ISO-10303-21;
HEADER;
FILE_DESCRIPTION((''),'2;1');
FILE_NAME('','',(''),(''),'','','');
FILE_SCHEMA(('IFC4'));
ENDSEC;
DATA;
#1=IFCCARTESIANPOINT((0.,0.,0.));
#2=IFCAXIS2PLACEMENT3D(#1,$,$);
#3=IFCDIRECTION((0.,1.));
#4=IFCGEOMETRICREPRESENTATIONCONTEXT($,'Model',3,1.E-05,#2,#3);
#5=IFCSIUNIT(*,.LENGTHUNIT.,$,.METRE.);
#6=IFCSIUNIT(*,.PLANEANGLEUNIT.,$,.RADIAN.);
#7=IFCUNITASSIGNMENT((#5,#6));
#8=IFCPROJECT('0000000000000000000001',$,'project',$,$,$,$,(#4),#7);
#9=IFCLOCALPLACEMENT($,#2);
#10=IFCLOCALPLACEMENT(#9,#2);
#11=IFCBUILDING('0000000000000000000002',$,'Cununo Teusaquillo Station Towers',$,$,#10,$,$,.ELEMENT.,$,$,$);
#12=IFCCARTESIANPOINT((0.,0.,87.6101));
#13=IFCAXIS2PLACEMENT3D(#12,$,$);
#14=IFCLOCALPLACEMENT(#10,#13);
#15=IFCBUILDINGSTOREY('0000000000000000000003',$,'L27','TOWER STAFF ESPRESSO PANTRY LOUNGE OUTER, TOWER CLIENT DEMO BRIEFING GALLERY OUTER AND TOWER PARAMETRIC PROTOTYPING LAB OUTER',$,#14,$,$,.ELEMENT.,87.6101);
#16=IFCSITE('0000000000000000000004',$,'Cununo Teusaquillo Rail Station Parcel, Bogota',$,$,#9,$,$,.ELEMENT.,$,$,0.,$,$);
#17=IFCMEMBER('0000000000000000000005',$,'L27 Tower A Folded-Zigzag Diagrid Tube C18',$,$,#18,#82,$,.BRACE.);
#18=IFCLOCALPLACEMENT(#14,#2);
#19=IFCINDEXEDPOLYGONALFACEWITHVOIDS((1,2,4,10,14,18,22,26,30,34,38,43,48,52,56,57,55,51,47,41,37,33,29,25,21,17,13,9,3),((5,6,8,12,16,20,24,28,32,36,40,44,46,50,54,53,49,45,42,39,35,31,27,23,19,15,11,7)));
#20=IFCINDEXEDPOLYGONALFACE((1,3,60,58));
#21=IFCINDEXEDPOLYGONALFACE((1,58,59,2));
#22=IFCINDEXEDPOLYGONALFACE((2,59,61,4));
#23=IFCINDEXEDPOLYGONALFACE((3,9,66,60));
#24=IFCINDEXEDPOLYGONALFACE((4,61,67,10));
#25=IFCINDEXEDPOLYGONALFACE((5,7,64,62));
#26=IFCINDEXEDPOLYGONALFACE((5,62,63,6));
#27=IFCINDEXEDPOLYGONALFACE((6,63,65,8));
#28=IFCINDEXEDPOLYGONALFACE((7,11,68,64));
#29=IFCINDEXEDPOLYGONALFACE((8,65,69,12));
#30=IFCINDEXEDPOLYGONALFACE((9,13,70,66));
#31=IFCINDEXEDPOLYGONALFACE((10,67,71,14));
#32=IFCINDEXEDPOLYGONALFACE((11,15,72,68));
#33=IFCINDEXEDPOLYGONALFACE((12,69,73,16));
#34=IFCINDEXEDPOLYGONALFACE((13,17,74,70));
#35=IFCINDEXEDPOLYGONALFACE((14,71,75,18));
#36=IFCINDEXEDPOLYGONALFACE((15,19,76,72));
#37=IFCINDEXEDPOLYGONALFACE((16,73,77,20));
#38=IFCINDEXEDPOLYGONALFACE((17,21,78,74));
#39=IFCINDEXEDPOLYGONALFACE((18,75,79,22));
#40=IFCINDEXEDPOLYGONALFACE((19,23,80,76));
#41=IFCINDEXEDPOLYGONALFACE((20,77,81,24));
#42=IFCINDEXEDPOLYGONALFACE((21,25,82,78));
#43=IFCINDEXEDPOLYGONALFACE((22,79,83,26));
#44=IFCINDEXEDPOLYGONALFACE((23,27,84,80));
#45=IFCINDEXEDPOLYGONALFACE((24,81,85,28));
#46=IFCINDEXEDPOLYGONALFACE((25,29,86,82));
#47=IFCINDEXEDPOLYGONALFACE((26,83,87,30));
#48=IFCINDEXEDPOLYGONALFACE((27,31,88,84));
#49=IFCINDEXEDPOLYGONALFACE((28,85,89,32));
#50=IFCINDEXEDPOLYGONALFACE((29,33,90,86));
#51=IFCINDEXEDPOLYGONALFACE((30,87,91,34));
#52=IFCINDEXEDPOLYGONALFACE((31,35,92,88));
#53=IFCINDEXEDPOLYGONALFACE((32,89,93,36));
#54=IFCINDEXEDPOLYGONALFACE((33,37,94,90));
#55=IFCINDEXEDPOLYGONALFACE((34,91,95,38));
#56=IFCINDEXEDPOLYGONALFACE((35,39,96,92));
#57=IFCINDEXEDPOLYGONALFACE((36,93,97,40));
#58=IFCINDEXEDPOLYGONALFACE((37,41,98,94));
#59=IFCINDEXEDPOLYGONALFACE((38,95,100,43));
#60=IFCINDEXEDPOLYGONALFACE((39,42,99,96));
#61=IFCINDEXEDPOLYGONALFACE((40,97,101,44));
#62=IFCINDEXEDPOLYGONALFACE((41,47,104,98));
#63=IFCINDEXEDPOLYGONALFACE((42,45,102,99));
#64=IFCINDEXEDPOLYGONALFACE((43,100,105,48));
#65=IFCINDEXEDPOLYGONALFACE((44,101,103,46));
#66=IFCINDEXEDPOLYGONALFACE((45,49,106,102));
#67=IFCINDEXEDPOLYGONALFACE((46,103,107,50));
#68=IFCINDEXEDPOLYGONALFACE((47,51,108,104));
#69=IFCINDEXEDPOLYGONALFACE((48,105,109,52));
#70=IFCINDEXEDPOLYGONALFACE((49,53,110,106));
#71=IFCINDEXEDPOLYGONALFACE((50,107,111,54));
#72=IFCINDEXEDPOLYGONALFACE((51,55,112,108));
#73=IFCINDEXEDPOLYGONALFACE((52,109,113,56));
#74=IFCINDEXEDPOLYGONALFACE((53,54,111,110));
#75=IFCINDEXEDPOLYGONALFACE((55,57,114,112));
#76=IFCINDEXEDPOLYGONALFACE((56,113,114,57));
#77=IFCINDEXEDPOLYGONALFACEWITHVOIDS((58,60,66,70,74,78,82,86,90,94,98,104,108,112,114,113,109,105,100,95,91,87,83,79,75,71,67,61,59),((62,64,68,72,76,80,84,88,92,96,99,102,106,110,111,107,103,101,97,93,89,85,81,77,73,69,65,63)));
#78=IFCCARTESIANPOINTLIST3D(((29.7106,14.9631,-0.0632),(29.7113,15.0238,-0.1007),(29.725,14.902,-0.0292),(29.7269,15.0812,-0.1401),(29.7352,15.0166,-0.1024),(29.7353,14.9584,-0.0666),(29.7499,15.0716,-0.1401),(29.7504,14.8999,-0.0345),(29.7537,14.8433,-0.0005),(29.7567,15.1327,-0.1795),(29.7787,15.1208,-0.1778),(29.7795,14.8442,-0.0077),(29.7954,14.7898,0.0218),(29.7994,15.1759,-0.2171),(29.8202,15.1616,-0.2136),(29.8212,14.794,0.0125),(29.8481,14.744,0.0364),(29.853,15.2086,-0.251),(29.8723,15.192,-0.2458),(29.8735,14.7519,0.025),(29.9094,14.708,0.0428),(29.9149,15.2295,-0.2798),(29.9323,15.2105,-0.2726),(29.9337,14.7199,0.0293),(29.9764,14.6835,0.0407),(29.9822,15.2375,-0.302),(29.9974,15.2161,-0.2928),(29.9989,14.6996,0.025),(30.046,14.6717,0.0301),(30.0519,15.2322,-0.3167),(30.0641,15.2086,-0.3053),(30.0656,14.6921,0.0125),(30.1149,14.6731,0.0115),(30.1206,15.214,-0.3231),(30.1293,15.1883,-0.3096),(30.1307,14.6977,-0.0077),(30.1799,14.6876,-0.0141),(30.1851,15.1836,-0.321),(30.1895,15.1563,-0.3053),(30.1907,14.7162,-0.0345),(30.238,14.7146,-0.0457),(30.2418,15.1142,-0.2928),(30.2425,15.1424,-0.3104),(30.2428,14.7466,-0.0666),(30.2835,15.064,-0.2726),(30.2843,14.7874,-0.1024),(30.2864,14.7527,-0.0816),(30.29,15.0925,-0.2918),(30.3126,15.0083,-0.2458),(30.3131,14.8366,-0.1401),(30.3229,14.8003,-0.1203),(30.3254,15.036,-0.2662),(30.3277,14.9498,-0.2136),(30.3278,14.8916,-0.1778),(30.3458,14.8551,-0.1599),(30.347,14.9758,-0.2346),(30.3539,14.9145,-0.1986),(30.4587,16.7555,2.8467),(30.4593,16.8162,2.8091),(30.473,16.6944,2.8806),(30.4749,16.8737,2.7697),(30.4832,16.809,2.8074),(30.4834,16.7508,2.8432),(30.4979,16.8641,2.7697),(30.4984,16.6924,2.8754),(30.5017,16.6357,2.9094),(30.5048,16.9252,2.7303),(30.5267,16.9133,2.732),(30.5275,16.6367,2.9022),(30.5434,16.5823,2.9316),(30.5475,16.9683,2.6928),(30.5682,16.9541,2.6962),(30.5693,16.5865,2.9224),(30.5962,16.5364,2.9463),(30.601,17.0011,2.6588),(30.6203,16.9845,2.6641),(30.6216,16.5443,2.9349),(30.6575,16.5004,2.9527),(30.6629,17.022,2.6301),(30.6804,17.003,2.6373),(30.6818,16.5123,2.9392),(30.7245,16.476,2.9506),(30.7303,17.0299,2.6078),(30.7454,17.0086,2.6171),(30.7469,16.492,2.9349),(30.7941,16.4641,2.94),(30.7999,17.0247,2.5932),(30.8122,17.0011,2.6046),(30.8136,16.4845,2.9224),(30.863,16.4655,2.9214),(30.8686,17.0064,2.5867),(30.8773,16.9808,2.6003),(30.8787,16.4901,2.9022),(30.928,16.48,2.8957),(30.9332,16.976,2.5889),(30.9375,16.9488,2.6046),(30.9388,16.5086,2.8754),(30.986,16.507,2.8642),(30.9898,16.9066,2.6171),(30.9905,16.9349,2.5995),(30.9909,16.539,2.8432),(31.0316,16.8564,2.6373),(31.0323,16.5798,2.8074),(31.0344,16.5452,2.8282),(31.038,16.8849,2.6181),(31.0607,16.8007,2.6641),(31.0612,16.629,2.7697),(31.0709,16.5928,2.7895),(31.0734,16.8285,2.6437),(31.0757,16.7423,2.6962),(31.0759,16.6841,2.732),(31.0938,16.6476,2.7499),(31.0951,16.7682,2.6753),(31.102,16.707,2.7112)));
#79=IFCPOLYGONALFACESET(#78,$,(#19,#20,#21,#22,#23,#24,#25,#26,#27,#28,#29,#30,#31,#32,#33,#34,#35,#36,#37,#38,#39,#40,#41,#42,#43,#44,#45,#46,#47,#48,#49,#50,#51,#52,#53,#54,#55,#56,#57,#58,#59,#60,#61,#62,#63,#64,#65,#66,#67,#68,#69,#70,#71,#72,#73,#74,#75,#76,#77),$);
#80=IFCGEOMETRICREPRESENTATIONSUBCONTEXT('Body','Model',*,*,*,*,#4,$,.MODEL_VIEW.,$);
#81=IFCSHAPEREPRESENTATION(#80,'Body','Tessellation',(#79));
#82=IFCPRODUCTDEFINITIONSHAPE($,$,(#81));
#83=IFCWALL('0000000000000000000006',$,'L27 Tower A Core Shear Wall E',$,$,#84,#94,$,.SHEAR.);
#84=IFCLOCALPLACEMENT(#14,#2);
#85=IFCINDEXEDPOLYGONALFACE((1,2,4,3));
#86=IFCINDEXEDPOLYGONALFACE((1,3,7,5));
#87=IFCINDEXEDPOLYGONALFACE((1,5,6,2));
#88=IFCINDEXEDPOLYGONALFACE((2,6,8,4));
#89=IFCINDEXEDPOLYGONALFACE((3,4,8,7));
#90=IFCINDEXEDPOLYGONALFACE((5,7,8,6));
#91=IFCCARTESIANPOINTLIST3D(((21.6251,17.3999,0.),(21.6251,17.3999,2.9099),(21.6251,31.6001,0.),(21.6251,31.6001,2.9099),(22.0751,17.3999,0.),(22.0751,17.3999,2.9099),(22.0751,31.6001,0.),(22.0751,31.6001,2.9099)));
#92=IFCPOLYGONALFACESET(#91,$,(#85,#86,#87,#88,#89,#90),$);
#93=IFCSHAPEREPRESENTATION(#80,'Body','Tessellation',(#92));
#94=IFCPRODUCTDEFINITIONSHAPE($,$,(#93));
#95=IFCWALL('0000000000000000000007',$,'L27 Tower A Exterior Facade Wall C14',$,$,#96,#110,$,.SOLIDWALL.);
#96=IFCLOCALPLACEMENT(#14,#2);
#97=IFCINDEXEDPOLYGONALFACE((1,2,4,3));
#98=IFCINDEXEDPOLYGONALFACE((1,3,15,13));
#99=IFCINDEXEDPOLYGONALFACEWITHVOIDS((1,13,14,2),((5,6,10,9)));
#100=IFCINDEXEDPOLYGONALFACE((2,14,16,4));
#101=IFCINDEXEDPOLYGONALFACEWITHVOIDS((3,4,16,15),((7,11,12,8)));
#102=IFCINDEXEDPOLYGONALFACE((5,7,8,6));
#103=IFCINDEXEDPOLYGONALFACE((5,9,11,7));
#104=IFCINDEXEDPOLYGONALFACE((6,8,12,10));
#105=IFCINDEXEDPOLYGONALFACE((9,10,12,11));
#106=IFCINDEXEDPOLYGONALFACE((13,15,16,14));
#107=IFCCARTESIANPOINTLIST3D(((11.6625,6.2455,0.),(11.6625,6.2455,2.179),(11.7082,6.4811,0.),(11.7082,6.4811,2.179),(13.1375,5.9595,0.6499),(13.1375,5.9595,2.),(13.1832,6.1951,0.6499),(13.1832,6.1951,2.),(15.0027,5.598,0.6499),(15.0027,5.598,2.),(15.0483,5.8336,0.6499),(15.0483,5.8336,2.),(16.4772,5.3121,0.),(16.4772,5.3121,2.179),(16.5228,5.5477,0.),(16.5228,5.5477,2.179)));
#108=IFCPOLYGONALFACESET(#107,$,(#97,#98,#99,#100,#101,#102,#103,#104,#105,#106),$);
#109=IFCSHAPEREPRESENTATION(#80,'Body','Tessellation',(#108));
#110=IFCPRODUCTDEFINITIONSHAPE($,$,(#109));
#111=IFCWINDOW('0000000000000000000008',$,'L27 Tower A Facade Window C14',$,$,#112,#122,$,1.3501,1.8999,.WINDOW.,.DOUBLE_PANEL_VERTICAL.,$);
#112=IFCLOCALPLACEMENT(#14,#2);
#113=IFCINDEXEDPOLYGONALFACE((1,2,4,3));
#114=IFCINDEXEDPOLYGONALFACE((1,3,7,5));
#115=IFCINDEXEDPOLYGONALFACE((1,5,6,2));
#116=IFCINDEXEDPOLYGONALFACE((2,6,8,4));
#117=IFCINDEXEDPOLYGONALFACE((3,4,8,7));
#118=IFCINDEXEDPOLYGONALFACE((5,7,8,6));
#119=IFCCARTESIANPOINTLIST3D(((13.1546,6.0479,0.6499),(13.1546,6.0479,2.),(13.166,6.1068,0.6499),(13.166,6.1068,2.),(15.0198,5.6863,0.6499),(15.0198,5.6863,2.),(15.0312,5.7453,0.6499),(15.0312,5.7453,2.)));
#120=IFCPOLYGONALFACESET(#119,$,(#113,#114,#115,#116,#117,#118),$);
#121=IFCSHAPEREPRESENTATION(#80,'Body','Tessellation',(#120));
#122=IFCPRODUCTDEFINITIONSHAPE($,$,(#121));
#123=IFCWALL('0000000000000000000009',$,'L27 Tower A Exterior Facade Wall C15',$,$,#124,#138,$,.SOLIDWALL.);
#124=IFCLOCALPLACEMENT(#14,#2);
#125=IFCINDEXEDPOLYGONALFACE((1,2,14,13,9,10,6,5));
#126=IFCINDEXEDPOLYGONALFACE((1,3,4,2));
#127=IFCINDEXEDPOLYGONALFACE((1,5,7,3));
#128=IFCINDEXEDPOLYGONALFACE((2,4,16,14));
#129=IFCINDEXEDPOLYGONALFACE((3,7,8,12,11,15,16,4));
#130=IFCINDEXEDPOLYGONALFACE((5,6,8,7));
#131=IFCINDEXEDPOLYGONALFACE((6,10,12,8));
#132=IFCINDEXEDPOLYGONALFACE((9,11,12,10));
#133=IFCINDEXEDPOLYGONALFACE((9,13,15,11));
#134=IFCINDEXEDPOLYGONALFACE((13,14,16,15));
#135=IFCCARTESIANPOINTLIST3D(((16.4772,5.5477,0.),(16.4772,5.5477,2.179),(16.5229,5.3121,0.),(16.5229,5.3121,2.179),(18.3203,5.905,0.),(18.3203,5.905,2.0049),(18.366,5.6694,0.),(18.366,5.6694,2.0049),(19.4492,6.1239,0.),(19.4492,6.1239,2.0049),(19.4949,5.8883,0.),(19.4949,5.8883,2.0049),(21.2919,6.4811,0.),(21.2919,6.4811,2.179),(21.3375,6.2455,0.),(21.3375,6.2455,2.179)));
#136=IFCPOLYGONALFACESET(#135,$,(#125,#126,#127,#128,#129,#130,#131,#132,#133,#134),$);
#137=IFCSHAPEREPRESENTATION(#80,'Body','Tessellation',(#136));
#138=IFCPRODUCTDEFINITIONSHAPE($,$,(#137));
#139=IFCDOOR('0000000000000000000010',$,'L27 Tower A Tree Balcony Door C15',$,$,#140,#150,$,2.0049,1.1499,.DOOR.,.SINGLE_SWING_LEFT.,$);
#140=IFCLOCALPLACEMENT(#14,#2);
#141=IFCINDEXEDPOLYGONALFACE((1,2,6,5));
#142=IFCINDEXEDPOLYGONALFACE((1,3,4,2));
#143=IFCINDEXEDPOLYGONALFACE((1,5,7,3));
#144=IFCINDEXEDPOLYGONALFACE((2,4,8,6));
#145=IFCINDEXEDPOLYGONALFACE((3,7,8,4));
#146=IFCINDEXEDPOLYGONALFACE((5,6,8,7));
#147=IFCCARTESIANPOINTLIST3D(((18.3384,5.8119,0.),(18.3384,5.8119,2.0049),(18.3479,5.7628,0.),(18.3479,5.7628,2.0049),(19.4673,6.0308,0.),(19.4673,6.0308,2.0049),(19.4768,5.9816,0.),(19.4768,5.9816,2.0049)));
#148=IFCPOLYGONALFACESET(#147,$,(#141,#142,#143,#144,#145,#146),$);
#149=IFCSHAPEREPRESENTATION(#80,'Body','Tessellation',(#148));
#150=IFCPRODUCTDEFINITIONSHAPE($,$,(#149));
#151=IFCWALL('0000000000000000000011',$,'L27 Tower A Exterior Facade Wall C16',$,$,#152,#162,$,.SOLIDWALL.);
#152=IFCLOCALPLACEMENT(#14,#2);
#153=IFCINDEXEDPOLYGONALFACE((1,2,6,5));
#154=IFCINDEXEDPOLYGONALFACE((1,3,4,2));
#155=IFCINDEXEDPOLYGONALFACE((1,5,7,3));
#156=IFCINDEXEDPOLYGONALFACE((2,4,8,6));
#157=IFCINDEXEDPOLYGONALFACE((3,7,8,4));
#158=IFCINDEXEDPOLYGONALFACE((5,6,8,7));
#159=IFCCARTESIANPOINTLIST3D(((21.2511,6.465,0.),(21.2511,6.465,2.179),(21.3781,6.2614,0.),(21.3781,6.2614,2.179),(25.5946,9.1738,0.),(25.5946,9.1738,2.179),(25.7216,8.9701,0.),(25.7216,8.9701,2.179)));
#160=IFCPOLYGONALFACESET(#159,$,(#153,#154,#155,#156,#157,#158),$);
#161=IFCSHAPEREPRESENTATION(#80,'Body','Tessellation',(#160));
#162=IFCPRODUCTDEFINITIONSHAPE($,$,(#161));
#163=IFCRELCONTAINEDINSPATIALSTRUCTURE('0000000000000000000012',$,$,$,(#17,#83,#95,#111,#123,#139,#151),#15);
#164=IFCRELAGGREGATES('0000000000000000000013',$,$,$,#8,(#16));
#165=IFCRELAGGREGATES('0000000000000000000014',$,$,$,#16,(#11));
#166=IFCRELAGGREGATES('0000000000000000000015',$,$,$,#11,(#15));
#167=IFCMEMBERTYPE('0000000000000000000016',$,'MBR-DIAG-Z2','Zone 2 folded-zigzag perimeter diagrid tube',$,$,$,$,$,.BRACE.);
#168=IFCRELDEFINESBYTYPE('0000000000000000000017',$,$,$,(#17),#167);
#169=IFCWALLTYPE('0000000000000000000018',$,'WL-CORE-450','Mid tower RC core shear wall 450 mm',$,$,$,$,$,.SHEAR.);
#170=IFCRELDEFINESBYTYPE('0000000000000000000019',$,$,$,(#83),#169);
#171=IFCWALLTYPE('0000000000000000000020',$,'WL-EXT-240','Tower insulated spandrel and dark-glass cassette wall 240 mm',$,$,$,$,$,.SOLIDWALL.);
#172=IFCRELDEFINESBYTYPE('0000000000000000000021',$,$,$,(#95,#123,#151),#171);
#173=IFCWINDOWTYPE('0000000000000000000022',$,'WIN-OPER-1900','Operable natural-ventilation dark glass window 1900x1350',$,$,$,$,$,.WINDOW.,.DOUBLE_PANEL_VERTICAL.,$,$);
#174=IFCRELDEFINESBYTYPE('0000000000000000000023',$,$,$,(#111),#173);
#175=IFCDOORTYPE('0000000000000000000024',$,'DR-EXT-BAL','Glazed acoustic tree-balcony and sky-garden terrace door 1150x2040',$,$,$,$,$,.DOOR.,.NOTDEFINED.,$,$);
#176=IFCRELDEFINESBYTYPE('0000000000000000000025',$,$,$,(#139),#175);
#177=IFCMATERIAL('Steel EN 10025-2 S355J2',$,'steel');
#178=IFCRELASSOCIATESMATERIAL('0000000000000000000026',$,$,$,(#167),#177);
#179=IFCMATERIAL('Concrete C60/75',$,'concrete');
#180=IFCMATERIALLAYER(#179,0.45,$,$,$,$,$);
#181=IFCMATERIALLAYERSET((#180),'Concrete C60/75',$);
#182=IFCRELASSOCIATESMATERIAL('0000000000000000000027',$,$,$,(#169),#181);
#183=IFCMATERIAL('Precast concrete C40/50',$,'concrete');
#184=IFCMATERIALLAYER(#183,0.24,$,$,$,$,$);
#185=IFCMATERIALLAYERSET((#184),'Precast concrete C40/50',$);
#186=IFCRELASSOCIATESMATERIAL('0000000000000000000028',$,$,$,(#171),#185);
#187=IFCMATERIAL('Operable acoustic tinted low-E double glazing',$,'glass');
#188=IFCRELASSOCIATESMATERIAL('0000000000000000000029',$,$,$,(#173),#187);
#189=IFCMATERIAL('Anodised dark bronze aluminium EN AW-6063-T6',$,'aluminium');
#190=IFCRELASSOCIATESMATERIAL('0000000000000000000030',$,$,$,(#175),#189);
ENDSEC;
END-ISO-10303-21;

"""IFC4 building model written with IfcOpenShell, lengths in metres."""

from ifc_helpers import new_model, si_unit, direction, frame, frame_2d, origin, origin_2d, place, context, subcontext, project, spatial, rectangle, hollow_circle, extrude, source, transform, mapped, material, layer, layer_set, material_profile, profile_set, type_object, element, fill, save


model = new_model("IFC4")

# Units and contexts
model_context = context("Model", 3, precision=1e-05, world=origin(), true_north=direction((0.0, 1.0)))
body_context = subcontext(model_context, "Body", "Model", "MODEL_VIEW")
ifc_project = project(units=[si_unit("LENGTHUNIT", "METRE"), si_unit("PLANEANGLEUNIT", "RADIAN")], contexts=[model_context])

# Site, building, storey
site_placement = place(None, origin())
site = spatial("IfcSite", under=ifc_project, at=site_placement, Name="Cununo Teusaquillo Rail Station Parcel, Bogota", CompositionType="ELEMENT", RefElevation=0.0)
building_placement = place(site_placement, origin())
building = spatial("IfcBuilding", under=site, at=building_placement, Name="Cununo Teusaquillo Station Towers", CompositionType="ELEMENT")
storey_placement = place(building_placement, frame((0.0, 0.0, 87.6101)))
storey = spatial("IfcBuildingStorey", under=building, at=storey_placement, Name="L27", Description="TOWER STAFF ESPRESSO PANTRY LOUNGE OUTER, TOWER CLIENT DEMO BRIEFING GALLERY OUTER AND TOWER PARAMETRIC PROTOTYPING LAB OUTER", CompositionType="ELEMENT", Elevation=87.6101)

# Member
ifc_material_1 = material(Name="Steel EN 10025-2 S355J2", Category="steel")
ifc_material_profile_1 = material_profile(ifc_material_1, hollow_circle(Radius=0.3301, WallThickness=0.0249, at=origin_2d()), Name="CHS 660x25")
ifc_profile_set_1 = profile_set([ifc_material_profile_1], Name="Steel EN 10025-2 S355J2")
member_type = type_object("IfcMemberType", Name="MBR-DIAG-Z2", Description="Zone 2 folded-zigzag perimeter diagrid tube", PredefinedType="BRACE", material=ifc_profile_set_1)
member_1_placement = place(storey_placement, frame((30.0315, 14.9541, -0.1401), z_axis=(0.213814, 0.512343, 0.831738), x_axis=(-0.922861, 0.385133, 0.0)))
element("IfcMember", 1, at=member_1_placement, inside=storey, type_object=member_type, Name="L27 Tower A Folded-Zigzag Diagrid Tube C18", PredefinedType="BRACE", context=body_context, shape_type="SweptSolid", body=[
    extrude(hollow_circle(Radius=0.3301, WallThickness=0.0249, at=origin_2d()), origin(), (0.0, 0.0, 1.0), 3.4985),
])

# Wall
ifc_material_2 = material(Name="Concrete C60/75", Category="concrete")
ifc_layer_1 = layer(ifc_material_2, 0.45)
ifc_layer_set_1 = layer_set([ifc_layer_1], Name="Concrete C60/75")
wall_type_1 = type_object("IfcWallType", Name="WL-CORE-450", Description="Mid tower RC core shear wall 450 mm", PredefinedType="SHEAR", material=ifc_layer_set_1)
wall_1_placement = place(storey_placement, frame((21.8501, 17.3999, 0.0), z_axis=(0.0, 0.0, 1.0), x_axis=(0.0, 1.0, 0.0)))
element("IfcWall", 2, at=wall_1_placement, inside=storey, type_object=wall_type_1, Name="L27 Tower A Core Shear Wall E", PredefinedType="SHEAR", context=body_context, shape_type="SweptSolid", body=[
    extrude(rectangle(XDim=14.2002, YDim=0.45, at=frame_2d((7.1001, 0.0))), origin(), (0.0, 0.0, 1.0), 2.9099),
])

# Wall, opening, window
ifc_material_3 = material(Name="Precast concrete C40/50", Category="concrete")
ifc_layer_2 = layer(ifc_material_3, 0.24)
ifc_layer_set_2 = layer_set([ifc_layer_2], Name="Precast concrete C40/50")
wall_type_2 = type_object("IfcWallType", Name="WL-EXT-240", Description="Tower insulated spandrel and dark-glass cassette wall 240 mm", PredefinedType="SOLIDWALL", material=ifc_layer_set_2)
wall_2_placement = place(storey_placement, frame((16.5, 5.4299, 0.0), z_axis=(0.0, 0.0, 1.0), x_axis=(-0.981724, 0.190311, 0.0)))
wall_2 = element("IfcWall", 3, at=wall_2_placement, inside=storey, type_object=wall_type_2, Name="L27 Tower A Exterior Facade Wall C14", PredefinedType="SOLIDWALL", context=body_context, shape_type="SweptSolid", body=[
    extrude(rectangle(XDim=4.9043, YDim=0.24, at=frame_2d((2.4521, 0.0))), origin(), (0.0, 0.0, 1.0), 2.179),
])
shared_shape_1 = source(origin(), body_context, "Body", "SweptSolid", [
    extrude(rectangle(XDim=1.8999, YDim=1.3501, at=frame_2d((0.95, 0.675))), frame((0.0, 0.1299, 0.0), z_axis=(0.0, -1.0, 0.0), x_axis=(1.0, 0.0, 0.0)), (0.0, 0.0, 1.0), 0.26),
])
opening_1_placement = place(wall_2_placement, frame((1.502, 0.0, 0.6499)))
opening_1 = element("IfcOpeningElement", 4, at=opening_1_placement, cuts=wall_2, PredefinedType="OPENING", context=body_context, shape_type="MappedRepresentation", body=[
    mapped(shared_shape_1, transform((0.0, 0.0, 0.0), x_axis=(1.0, 0.0, 0.0), y_axis=(0.0, 1.0, 0.0), z_axis=(0.0, 0.0, 1.0), scale=1.0)),
])
ifc_material_4 = material(Name="Operable acoustic tinted low-E double glazing", Category="glass")
window_type = type_object("IfcWindowType", Name="WIN-OPER-1900", Description="Operable natural-ventilation dark glass window 1900x1350", PartitioningType="DOUBLE_PANEL_VERTICAL", PredefinedType="WINDOW", material=ifc_material_4)
shared_shape_2 = source(origin(), body_context, "Body", "SweptSolid", [
    extrude(rectangle(XDim=1.8999, YDim=1.3501, at=frame_2d((0.95, 0.675))), frame((0.0, 0.03, 0.0), z_axis=(0.0, -1.0, 0.0), x_axis=(1.0, 0.0, 0.0)), (0.0, 0.0, 1.0), 0.0601),
])
window_1_placement = place(opening_1_placement, origin())
window_1 = element("IfcWindow", 5, at=window_1_placement, inside=storey, type_object=window_type, Name="L27 Tower A Facade Window C14", OverallHeight=1.3501, OverallWidth=1.8999, PartitioningType="DOUBLE_PANEL_VERTICAL", PredefinedType="WINDOW", context=body_context, shape_type="MappedRepresentation", body=[
    mapped(shared_shape_2, transform((0.0, 0.0, 0.0), x_axis=(1.0, 0.0, 0.0), y_axis=(0.0, 1.0, 0.0), z_axis=(0.0, 0.0, 1.0), scale=1.0)),
])
fill(opening_1, window_1)

# Wall, opening, door
wall_3_placement = place(storey_placement, frame((21.3147, 6.3633, 0.0), z_axis=(0.0, 0.0, 1.0), x_axis=(-0.981724, -0.190311, 0.0)))
wall_3 = element("IfcWall", 6, at=wall_3_placement, inside=storey, type_object=wall_type_2, Name="L27 Tower A Exterior Facade Wall C15", PredefinedType="SOLIDWALL", context=body_context, shape_type="SweptSolid", body=[
    extrude(rectangle(XDim=4.9043, YDim=0.24, at=frame_2d((2.4521, 0.0))), origin(), (0.0, 0.0, 1.0), 2.179),
])
shared_shape_3 = source(origin(), body_context, "Body", "SweptSolid", [
    extrude(rectangle(XDim=1.1499, YDim=2.0049, at=frame_2d((0.575, 1.0024))), frame((0.0, 0.1299, 0.0), z_axis=(0.0, -1.0, 0.0), x_axis=(1.0, 0.0, 0.0)), (0.0, 0.0, 1.0), 0.26),
])
opening_2_placement = place(wall_3_placement, frame((1.877, 0.0, 0.0)))
opening_2 = element("IfcOpeningElement", 7, at=opening_2_placement, cuts=wall_3, PredefinedType="OPENING", context=body_context, shape_type="MappedRepresentation", body=[
    mapped(shared_shape_3, transform((0.0, 0.0, 0.0), x_axis=(1.0, 0.0, 0.0), y_axis=(0.0, 1.0, 0.0), z_axis=(0.0, 0.0, 1.0), scale=1.0)),
])
ifc_material_5 = material(Name="Anodised dark bronze aluminium EN AW-6063-T6", Category="aluminium")
door_type_1 = type_object("IfcDoorType", Name="DR-EXT-BAL", Description="Glazed acoustic tree-balcony and sky-garden terrace door 1150x2040", OperationType="NOTDEFINED", PredefinedType="DOOR", material=ifc_material_5)
shared_shape_4 = source(origin(), body_context, "Body", "SweptSolid", [
    extrude(rectangle(XDim=1.1499, YDim=2.0049, at=frame_2d((0.575, 1.0024))), frame((0.0, 0.0249, 0.0), z_axis=(0.0, -1.0, 0.0), x_axis=(1.0, 0.0, 0.0)), (0.0, 0.0, 1.0), 0.05),
])
door_1_placement = place(opening_2_placement, origin())
door_1 = element("IfcDoor", 8, at=door_1_placement, inside=storey, type_object=door_type_1, Name="L27 Tower A Tree Balcony Door C15", OperationType="SINGLE_SWING_LEFT", OverallHeight=2.0049, OverallWidth=1.1499, PredefinedType="DOOR", context=body_context, shape_type="MappedRepresentation", body=[
    mapped(shared_shape_4, transform((0.0, 0.0, 0.0), x_axis=(1.0, 0.0, 0.0), y_axis=(0.0, 1.0, 0.0), z_axis=(0.0, 0.0, 1.0), scale=1.0)),
])
fill(opening_2, door_1)

# Wall
wall_4_placement = place(storey_placement, frame((25.6582, 9.072, 0.0), z_axis=(0.0, 0.0, 1.0), x_axis=(-0.84852, -0.529163, 0.0)))
element("IfcWall", 9, at=wall_4_placement, inside=storey, type_object=wall_type_2, Name="L27 Tower A Exterior Facade Wall C16", PredefinedType="SOLIDWALL", context=body_context, shape_type="SweptSolid", body=[
    extrude(rectangle(XDim=5.1189, YDim=0.24, at=frame_2d((2.5596, 0.0))), origin(), (0.0, 0.0, 1.0), 2.179),
])

save(model, "model.ifc")
